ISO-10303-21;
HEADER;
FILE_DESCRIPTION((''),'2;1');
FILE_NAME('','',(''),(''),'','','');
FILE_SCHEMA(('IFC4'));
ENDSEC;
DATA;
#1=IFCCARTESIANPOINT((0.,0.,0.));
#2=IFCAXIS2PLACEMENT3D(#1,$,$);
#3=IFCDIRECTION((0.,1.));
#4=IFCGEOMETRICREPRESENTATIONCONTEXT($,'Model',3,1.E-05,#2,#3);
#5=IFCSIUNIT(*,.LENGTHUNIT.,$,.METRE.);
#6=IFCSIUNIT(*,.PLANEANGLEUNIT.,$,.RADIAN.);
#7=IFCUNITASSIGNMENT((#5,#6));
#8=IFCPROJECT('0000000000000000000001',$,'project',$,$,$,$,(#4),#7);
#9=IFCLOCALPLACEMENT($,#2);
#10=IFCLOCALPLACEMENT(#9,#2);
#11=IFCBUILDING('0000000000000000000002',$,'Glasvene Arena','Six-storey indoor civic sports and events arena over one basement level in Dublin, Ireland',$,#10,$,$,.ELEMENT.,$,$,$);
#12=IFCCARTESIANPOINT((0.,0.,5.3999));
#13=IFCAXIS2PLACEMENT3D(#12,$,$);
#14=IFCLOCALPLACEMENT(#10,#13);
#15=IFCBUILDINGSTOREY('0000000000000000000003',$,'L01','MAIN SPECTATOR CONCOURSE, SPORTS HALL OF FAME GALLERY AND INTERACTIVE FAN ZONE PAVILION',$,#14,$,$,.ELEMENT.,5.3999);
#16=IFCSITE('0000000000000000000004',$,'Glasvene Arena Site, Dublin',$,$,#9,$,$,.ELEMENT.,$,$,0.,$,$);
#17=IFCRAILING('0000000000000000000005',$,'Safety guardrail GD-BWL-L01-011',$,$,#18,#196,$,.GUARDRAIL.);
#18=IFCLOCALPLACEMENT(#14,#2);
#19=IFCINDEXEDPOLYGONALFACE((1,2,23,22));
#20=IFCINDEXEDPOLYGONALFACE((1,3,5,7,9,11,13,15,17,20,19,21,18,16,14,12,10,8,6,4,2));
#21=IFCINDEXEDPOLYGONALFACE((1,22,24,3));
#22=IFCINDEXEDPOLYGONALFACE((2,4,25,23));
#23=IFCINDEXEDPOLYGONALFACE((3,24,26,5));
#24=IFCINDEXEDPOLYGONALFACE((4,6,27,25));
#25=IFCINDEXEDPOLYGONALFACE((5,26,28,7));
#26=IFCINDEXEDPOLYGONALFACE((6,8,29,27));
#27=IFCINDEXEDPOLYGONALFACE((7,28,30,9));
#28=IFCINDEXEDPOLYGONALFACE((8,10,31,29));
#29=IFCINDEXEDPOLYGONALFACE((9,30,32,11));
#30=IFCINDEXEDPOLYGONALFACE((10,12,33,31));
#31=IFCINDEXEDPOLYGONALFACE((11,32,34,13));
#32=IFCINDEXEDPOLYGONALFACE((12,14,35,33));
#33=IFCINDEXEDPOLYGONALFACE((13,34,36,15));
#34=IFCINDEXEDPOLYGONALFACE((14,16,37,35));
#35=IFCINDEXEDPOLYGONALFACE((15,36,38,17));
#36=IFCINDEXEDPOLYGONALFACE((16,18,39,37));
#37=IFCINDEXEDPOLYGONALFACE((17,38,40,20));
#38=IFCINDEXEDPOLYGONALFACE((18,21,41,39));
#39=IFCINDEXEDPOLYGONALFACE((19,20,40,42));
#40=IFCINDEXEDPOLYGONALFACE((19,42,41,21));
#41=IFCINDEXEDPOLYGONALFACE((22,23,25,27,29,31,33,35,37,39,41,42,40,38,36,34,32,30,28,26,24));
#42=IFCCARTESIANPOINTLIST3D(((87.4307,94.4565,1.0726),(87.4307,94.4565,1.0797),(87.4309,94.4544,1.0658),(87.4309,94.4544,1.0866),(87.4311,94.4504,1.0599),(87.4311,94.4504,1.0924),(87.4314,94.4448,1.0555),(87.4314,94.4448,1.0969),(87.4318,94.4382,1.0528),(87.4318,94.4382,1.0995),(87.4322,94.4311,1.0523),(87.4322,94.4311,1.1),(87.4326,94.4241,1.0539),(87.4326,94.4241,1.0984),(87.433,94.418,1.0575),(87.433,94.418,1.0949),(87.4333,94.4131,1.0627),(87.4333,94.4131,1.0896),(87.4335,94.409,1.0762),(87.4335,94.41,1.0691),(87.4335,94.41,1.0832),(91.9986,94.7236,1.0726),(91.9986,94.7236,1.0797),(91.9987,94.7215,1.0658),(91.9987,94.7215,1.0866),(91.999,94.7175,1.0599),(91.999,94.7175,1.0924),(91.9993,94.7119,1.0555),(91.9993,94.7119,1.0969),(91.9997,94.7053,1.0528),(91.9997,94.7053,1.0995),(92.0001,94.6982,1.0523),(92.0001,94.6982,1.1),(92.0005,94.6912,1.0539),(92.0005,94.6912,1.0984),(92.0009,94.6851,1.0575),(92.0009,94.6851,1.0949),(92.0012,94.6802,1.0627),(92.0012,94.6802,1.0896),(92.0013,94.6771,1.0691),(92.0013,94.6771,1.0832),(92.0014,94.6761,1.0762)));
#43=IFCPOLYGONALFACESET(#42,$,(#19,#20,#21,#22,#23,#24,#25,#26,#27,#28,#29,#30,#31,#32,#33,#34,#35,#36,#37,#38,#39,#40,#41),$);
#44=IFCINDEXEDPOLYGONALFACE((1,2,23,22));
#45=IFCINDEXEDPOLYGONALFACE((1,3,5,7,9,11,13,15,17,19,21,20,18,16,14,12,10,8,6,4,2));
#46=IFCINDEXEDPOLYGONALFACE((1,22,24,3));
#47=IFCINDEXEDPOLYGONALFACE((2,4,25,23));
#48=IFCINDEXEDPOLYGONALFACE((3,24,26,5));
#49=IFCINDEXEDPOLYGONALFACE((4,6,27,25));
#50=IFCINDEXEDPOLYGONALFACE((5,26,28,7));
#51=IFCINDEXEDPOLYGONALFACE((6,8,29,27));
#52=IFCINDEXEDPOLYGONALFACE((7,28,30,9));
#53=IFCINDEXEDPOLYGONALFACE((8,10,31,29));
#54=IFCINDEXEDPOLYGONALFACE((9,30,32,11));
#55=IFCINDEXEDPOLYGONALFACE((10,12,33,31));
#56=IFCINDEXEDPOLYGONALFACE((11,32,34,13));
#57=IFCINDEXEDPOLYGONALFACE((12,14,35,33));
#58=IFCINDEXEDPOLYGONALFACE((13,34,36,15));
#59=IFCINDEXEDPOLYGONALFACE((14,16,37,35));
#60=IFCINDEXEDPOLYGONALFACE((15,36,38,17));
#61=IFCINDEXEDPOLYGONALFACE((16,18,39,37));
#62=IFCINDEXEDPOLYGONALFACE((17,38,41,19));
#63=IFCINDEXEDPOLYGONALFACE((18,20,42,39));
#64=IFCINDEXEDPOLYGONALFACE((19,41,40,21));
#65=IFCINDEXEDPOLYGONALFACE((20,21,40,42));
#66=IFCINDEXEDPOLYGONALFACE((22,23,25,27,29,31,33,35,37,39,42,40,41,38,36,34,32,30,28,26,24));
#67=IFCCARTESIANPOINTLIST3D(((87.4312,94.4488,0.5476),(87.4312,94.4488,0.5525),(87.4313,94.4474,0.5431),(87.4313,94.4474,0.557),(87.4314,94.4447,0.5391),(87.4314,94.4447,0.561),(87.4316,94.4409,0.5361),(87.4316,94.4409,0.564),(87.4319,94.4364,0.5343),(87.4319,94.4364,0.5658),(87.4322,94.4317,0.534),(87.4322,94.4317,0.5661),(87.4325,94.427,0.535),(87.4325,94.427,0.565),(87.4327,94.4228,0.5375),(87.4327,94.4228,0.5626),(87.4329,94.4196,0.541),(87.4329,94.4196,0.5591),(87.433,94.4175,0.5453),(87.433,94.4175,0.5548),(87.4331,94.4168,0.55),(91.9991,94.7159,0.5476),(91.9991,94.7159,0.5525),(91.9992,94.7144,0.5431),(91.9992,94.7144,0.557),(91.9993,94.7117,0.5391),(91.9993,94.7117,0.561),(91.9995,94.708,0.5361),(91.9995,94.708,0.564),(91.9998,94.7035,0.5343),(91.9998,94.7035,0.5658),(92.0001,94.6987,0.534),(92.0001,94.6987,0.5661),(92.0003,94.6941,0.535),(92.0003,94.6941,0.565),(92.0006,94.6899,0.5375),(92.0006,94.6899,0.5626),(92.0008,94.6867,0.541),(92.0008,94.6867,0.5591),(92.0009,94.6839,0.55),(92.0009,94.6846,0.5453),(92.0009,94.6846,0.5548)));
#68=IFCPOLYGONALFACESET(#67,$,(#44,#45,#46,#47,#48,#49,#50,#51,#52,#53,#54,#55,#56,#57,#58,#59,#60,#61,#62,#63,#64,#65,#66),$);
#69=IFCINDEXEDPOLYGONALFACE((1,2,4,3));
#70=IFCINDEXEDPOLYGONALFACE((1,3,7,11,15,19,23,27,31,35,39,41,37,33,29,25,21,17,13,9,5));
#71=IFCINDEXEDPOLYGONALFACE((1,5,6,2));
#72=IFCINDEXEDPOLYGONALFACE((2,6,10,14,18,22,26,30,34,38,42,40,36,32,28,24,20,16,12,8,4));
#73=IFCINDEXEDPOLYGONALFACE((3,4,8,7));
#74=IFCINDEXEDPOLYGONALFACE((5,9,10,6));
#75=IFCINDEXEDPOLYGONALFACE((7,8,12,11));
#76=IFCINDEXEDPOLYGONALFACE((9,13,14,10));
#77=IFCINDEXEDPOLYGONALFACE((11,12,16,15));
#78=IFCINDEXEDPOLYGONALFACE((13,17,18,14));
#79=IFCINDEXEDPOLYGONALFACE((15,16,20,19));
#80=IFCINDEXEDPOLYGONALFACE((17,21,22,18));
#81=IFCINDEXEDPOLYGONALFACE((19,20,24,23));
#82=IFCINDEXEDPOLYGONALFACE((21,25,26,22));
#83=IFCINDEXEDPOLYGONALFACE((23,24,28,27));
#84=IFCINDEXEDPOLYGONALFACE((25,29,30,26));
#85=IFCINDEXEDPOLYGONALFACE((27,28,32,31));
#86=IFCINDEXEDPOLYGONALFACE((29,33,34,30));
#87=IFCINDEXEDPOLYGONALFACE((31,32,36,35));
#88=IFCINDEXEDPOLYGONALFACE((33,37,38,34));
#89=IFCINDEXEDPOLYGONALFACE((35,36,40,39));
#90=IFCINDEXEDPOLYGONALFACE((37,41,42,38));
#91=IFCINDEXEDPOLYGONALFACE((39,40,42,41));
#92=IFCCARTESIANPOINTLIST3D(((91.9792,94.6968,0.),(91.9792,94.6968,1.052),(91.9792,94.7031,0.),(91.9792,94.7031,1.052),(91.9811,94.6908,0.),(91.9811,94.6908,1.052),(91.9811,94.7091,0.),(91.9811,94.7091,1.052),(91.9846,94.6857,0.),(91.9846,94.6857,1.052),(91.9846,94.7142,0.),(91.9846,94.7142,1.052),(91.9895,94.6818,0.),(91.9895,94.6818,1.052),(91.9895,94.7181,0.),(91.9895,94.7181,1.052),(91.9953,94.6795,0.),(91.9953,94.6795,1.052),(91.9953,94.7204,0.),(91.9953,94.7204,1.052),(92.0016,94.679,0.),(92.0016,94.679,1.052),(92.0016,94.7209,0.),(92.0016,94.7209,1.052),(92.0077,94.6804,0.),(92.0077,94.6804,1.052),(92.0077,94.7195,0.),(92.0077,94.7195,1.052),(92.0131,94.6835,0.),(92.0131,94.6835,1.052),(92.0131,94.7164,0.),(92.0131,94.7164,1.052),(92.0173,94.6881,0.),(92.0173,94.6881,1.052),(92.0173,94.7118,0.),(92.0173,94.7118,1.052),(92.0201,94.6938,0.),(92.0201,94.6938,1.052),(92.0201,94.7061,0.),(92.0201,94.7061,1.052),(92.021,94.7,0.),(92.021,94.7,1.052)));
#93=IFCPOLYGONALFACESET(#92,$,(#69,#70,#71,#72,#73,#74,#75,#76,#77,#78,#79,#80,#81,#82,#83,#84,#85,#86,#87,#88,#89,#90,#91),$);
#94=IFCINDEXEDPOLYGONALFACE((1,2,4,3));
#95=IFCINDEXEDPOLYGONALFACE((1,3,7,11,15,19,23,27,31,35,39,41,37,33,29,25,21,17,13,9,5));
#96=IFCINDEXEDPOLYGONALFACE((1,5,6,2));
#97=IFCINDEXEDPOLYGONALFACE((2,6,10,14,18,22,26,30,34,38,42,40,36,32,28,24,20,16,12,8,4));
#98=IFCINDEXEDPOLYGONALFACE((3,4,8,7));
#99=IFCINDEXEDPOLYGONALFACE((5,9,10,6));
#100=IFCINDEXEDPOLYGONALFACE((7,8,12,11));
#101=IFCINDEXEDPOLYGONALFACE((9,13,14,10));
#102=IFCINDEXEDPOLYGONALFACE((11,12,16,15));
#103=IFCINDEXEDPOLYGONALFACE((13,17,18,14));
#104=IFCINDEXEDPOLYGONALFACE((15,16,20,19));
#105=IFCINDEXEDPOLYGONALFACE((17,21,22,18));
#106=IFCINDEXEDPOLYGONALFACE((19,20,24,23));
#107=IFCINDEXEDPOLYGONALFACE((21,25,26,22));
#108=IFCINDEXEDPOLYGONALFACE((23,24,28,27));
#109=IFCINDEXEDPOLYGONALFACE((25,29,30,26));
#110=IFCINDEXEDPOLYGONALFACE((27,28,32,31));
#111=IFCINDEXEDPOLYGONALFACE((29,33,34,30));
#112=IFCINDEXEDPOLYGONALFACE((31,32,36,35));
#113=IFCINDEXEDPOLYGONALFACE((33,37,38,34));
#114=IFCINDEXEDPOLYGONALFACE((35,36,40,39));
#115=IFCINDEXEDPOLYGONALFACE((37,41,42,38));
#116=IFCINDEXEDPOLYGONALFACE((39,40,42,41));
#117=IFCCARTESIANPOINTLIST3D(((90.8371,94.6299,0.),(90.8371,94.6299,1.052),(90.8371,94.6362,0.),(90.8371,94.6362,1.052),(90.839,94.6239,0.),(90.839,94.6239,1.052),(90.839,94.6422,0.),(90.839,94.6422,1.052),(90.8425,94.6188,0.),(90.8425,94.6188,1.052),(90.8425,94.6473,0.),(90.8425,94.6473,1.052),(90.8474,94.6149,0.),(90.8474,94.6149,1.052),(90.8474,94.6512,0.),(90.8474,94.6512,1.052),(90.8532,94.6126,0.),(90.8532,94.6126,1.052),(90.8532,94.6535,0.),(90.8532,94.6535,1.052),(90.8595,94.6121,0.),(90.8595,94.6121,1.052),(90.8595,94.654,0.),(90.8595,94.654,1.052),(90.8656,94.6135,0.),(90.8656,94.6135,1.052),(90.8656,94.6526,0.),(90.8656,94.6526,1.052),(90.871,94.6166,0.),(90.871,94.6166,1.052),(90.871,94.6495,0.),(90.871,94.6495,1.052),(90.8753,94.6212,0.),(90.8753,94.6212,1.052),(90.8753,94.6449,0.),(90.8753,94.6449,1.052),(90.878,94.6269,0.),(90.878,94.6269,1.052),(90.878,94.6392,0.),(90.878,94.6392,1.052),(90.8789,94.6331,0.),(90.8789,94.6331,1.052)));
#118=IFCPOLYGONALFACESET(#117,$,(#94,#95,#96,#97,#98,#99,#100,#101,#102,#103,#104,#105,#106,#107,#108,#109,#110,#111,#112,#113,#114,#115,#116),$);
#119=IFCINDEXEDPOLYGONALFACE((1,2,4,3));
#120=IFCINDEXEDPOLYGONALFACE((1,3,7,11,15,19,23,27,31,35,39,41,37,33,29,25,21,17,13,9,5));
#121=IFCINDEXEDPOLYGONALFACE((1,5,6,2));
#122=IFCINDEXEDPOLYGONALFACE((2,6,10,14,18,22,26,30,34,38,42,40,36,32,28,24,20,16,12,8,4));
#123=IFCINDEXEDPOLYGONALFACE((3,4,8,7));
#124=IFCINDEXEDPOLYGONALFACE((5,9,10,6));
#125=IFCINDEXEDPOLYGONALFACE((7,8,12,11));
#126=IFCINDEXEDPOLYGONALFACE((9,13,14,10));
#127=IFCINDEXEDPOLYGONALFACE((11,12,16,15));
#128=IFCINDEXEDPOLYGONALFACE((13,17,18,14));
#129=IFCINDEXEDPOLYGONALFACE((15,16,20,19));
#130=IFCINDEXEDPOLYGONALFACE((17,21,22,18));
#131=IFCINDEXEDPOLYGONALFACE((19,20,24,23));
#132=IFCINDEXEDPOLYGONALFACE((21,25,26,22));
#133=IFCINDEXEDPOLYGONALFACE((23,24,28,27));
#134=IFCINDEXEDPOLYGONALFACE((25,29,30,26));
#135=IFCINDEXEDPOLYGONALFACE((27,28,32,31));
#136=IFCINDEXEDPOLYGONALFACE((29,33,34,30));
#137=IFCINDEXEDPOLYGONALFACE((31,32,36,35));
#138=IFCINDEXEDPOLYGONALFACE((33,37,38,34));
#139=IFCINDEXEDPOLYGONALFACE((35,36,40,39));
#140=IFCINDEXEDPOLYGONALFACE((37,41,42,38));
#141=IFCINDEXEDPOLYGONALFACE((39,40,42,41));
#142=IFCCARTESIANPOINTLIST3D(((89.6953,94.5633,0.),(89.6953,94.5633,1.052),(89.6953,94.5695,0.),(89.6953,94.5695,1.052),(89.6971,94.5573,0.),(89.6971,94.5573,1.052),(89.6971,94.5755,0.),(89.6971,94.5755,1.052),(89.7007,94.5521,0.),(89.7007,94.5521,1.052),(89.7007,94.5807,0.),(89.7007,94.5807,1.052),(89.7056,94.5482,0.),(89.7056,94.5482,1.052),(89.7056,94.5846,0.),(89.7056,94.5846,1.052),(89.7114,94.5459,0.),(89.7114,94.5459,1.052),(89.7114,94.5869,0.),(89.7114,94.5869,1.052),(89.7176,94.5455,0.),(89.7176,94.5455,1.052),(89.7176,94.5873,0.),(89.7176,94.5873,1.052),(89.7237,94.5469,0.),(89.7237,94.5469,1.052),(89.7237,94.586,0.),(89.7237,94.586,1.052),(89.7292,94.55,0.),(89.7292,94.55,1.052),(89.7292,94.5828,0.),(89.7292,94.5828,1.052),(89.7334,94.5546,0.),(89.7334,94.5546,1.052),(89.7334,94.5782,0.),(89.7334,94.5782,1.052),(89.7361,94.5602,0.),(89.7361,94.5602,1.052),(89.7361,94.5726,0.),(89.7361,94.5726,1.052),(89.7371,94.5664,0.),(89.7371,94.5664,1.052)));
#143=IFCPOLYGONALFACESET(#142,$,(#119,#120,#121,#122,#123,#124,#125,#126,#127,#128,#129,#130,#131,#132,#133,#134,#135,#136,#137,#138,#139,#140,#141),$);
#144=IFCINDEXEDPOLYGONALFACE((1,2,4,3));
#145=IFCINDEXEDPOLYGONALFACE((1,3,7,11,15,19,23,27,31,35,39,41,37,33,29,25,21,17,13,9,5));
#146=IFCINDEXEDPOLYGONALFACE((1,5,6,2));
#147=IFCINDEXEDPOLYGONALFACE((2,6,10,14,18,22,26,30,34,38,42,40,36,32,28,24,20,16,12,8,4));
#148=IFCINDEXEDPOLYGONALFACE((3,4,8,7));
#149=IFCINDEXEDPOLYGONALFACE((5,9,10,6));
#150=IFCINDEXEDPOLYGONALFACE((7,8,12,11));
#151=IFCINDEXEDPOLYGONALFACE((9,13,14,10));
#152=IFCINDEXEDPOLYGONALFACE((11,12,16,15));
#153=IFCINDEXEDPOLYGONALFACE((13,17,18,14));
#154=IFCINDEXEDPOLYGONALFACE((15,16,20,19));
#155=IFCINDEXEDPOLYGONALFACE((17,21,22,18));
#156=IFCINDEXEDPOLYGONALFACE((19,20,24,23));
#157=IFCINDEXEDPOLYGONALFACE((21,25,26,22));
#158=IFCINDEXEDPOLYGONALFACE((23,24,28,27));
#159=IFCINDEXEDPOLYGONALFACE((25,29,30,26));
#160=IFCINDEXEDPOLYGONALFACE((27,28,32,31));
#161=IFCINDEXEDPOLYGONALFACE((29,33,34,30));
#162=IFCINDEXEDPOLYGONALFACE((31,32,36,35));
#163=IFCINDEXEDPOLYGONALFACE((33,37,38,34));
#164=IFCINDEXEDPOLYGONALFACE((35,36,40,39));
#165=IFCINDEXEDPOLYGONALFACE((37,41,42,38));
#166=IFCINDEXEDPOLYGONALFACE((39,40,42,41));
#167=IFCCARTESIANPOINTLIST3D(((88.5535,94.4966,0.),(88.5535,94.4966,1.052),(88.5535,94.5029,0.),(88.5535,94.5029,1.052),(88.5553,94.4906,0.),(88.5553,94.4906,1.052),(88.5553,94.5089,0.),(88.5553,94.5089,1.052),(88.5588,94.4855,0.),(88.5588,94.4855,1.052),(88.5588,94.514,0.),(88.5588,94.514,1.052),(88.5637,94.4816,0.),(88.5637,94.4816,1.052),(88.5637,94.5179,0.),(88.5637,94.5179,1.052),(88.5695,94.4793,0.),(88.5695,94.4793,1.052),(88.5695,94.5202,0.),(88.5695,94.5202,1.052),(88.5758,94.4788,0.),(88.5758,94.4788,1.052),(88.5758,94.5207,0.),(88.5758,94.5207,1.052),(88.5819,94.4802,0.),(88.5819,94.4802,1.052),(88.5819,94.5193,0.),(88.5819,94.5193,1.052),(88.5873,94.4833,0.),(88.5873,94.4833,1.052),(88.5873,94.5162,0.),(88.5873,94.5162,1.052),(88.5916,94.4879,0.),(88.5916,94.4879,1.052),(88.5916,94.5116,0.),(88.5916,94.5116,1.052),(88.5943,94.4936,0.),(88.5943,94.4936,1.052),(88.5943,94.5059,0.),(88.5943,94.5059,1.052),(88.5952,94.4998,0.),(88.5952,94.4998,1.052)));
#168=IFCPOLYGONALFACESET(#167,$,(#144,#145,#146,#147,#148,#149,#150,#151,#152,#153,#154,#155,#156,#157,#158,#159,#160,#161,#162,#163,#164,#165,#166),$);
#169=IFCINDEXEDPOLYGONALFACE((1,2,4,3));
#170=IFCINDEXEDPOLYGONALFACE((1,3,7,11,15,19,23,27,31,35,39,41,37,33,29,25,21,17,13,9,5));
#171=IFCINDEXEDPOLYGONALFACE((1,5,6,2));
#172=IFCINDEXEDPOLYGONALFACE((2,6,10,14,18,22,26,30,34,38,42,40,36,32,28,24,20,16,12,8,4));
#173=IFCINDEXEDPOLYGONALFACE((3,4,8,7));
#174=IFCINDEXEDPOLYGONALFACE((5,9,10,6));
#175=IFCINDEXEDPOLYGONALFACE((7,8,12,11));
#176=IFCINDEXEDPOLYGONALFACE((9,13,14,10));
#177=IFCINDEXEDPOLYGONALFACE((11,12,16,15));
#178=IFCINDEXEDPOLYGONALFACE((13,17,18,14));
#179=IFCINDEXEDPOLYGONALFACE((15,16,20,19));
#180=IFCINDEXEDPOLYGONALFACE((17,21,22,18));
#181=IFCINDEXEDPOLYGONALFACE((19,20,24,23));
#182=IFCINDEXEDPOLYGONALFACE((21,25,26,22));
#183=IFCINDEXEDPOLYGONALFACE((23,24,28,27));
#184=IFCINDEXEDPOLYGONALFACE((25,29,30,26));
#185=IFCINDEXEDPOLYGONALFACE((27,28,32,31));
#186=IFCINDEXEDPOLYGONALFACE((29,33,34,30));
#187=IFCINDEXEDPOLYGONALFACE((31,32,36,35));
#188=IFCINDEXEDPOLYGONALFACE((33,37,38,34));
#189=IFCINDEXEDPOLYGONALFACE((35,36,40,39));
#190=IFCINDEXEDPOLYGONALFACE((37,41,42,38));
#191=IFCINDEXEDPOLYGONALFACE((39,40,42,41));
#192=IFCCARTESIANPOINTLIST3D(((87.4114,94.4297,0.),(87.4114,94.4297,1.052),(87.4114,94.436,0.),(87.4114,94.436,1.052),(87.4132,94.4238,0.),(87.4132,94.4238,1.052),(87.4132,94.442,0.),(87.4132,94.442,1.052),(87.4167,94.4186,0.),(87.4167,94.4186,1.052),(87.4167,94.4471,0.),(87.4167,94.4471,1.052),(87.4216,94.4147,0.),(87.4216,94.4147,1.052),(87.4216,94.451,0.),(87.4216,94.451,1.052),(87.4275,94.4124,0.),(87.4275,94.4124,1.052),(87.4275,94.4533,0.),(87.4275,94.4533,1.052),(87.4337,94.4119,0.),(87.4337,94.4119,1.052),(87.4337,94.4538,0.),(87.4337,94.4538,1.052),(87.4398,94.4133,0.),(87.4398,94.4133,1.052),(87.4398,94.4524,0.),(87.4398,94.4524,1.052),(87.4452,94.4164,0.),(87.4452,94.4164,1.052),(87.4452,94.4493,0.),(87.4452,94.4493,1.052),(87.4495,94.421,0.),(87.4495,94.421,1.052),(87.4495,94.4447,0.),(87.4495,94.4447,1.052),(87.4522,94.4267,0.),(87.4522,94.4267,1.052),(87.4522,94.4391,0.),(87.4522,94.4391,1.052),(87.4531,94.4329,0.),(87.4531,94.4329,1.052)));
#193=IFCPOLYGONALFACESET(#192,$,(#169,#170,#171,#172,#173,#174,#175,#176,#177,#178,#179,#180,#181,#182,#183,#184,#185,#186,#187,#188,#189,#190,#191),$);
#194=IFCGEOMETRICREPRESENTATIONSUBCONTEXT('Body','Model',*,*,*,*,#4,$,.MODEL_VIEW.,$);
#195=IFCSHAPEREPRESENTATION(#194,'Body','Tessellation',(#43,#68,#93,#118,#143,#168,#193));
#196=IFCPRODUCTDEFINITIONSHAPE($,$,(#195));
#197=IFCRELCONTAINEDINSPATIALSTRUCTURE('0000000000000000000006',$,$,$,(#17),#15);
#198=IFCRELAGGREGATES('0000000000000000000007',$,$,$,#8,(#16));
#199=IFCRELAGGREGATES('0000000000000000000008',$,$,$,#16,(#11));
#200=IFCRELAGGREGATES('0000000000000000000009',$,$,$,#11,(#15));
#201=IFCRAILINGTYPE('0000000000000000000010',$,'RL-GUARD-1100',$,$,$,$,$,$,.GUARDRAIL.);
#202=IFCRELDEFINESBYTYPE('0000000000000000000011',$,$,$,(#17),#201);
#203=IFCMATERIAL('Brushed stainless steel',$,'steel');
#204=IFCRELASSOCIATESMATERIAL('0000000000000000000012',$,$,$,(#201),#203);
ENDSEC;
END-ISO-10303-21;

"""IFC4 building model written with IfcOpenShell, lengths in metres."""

from ifc_helpers import new_model, si_unit, direction, frame, origin, origin_2d, place, context, subcontext, project, spatial, circle, extrude, material, type_object, element, save


model = new_model("IFC4")

# Units and contexts
model_context = context("Model", 3, precision=1e-05, world=origin(), true_north=direction((0.0, 1.0)))
body_context = subcontext(model_context, "Body", "Model", "MODEL_VIEW")
ifc_project = project(units=[si_unit("LENGTHUNIT", "METRE"), si_unit("PLANEANGLEUNIT", "RADIAN")], contexts=[model_context])

# Site, building, storey
site_placement = place(None, origin())
site = spatial("IfcSite", under=ifc_project, at=site_placement, Name="Glasvene Arena Site, Dublin", CompositionType="ELEMENT", RefElevation=0.0)
building_placement = place(site_placement, origin())
building = spatial("IfcBuilding", under=site, at=building_placement, Name="Glasvene Arena", Description="Six-storey indoor civic sports and events arena over one basement level in Dublin, Ireland", CompositionType="ELEMENT")
storey_placement = place(building_placement, frame((0.0, 0.0, 5.3999)))
storey = spatial("IfcBuildingStorey", under=building, at=storey_placement, Name="L01", Description="MAIN SPECTATOR CONCOURSE, SPORTS HALL OF FAME GALLERY AND INTERACTIVE FAN ZONE PAVILION", CompositionType="ELEMENT", Elevation=5.3999)

# Railing
ifc_material_1 = material(Name="Brushed stainless steel", Category="steel")
railing_type = type_object("IfcRailingType", Name="RL-GUARD-1100", PredefinedType="GUARDRAIL", material=ifc_material_1)
railing_1_placement = place(storey_placement, frame((92.0, 94.7, 0.0)))
element("IfcRailing", 1, at=railing_1_placement, inside=storey, type_object=railing_type, Name="Safety guardrail GD-BWL-L01-011", PredefinedType="GUARDRAIL", context=body_context, shape_type="SweptSolid", body=[
    extrude(circle(Radius=0.0239, at=origin_2d()), frame((0.0, 0.0, 1.0762), z_axis=(-0.998295, -0.058372, 0.0), x_axis=(0.058372, -0.998295, 0.0)), (0.0, 0.0, 1.0), 4.5757),
    extrude(circle(Radius=0.0161, at=origin_2d()), frame((0.0, 0.0, 0.55), z_axis=(-0.998295, -0.058372, 0.0), x_axis=(0.058372, -0.998295, 0.0)), (0.0, 0.0, 1.0), 4.5757),
    extrude(circle(Radius=0.021, at=origin_2d()), origin(), (0.0, 0.0, 1.0), 1.052),
    extrude(circle(Radius=0.021, at=origin_2d()), frame((-1.1421, -0.0669, 0.0)), (0.0, 0.0, 1.0), 1.052),
    extrude(circle(Radius=0.021, at=origin_2d()), frame((-2.2839, -0.1335, 0.0)), (0.0, 0.0, 1.0), 1.052),
    extrude(circle(Radius=0.021, at=origin_2d()), frame((-3.4258, -0.2002, 0.0)), (0.0, 0.0, 1.0), 1.052),
    extrude(circle(Radius=0.021, at=origin_2d()), frame((-4.5679, -0.2671, 0.0)), (0.0, 0.0, 1.0), 1.052),
])

save(model, "model.ifc")
